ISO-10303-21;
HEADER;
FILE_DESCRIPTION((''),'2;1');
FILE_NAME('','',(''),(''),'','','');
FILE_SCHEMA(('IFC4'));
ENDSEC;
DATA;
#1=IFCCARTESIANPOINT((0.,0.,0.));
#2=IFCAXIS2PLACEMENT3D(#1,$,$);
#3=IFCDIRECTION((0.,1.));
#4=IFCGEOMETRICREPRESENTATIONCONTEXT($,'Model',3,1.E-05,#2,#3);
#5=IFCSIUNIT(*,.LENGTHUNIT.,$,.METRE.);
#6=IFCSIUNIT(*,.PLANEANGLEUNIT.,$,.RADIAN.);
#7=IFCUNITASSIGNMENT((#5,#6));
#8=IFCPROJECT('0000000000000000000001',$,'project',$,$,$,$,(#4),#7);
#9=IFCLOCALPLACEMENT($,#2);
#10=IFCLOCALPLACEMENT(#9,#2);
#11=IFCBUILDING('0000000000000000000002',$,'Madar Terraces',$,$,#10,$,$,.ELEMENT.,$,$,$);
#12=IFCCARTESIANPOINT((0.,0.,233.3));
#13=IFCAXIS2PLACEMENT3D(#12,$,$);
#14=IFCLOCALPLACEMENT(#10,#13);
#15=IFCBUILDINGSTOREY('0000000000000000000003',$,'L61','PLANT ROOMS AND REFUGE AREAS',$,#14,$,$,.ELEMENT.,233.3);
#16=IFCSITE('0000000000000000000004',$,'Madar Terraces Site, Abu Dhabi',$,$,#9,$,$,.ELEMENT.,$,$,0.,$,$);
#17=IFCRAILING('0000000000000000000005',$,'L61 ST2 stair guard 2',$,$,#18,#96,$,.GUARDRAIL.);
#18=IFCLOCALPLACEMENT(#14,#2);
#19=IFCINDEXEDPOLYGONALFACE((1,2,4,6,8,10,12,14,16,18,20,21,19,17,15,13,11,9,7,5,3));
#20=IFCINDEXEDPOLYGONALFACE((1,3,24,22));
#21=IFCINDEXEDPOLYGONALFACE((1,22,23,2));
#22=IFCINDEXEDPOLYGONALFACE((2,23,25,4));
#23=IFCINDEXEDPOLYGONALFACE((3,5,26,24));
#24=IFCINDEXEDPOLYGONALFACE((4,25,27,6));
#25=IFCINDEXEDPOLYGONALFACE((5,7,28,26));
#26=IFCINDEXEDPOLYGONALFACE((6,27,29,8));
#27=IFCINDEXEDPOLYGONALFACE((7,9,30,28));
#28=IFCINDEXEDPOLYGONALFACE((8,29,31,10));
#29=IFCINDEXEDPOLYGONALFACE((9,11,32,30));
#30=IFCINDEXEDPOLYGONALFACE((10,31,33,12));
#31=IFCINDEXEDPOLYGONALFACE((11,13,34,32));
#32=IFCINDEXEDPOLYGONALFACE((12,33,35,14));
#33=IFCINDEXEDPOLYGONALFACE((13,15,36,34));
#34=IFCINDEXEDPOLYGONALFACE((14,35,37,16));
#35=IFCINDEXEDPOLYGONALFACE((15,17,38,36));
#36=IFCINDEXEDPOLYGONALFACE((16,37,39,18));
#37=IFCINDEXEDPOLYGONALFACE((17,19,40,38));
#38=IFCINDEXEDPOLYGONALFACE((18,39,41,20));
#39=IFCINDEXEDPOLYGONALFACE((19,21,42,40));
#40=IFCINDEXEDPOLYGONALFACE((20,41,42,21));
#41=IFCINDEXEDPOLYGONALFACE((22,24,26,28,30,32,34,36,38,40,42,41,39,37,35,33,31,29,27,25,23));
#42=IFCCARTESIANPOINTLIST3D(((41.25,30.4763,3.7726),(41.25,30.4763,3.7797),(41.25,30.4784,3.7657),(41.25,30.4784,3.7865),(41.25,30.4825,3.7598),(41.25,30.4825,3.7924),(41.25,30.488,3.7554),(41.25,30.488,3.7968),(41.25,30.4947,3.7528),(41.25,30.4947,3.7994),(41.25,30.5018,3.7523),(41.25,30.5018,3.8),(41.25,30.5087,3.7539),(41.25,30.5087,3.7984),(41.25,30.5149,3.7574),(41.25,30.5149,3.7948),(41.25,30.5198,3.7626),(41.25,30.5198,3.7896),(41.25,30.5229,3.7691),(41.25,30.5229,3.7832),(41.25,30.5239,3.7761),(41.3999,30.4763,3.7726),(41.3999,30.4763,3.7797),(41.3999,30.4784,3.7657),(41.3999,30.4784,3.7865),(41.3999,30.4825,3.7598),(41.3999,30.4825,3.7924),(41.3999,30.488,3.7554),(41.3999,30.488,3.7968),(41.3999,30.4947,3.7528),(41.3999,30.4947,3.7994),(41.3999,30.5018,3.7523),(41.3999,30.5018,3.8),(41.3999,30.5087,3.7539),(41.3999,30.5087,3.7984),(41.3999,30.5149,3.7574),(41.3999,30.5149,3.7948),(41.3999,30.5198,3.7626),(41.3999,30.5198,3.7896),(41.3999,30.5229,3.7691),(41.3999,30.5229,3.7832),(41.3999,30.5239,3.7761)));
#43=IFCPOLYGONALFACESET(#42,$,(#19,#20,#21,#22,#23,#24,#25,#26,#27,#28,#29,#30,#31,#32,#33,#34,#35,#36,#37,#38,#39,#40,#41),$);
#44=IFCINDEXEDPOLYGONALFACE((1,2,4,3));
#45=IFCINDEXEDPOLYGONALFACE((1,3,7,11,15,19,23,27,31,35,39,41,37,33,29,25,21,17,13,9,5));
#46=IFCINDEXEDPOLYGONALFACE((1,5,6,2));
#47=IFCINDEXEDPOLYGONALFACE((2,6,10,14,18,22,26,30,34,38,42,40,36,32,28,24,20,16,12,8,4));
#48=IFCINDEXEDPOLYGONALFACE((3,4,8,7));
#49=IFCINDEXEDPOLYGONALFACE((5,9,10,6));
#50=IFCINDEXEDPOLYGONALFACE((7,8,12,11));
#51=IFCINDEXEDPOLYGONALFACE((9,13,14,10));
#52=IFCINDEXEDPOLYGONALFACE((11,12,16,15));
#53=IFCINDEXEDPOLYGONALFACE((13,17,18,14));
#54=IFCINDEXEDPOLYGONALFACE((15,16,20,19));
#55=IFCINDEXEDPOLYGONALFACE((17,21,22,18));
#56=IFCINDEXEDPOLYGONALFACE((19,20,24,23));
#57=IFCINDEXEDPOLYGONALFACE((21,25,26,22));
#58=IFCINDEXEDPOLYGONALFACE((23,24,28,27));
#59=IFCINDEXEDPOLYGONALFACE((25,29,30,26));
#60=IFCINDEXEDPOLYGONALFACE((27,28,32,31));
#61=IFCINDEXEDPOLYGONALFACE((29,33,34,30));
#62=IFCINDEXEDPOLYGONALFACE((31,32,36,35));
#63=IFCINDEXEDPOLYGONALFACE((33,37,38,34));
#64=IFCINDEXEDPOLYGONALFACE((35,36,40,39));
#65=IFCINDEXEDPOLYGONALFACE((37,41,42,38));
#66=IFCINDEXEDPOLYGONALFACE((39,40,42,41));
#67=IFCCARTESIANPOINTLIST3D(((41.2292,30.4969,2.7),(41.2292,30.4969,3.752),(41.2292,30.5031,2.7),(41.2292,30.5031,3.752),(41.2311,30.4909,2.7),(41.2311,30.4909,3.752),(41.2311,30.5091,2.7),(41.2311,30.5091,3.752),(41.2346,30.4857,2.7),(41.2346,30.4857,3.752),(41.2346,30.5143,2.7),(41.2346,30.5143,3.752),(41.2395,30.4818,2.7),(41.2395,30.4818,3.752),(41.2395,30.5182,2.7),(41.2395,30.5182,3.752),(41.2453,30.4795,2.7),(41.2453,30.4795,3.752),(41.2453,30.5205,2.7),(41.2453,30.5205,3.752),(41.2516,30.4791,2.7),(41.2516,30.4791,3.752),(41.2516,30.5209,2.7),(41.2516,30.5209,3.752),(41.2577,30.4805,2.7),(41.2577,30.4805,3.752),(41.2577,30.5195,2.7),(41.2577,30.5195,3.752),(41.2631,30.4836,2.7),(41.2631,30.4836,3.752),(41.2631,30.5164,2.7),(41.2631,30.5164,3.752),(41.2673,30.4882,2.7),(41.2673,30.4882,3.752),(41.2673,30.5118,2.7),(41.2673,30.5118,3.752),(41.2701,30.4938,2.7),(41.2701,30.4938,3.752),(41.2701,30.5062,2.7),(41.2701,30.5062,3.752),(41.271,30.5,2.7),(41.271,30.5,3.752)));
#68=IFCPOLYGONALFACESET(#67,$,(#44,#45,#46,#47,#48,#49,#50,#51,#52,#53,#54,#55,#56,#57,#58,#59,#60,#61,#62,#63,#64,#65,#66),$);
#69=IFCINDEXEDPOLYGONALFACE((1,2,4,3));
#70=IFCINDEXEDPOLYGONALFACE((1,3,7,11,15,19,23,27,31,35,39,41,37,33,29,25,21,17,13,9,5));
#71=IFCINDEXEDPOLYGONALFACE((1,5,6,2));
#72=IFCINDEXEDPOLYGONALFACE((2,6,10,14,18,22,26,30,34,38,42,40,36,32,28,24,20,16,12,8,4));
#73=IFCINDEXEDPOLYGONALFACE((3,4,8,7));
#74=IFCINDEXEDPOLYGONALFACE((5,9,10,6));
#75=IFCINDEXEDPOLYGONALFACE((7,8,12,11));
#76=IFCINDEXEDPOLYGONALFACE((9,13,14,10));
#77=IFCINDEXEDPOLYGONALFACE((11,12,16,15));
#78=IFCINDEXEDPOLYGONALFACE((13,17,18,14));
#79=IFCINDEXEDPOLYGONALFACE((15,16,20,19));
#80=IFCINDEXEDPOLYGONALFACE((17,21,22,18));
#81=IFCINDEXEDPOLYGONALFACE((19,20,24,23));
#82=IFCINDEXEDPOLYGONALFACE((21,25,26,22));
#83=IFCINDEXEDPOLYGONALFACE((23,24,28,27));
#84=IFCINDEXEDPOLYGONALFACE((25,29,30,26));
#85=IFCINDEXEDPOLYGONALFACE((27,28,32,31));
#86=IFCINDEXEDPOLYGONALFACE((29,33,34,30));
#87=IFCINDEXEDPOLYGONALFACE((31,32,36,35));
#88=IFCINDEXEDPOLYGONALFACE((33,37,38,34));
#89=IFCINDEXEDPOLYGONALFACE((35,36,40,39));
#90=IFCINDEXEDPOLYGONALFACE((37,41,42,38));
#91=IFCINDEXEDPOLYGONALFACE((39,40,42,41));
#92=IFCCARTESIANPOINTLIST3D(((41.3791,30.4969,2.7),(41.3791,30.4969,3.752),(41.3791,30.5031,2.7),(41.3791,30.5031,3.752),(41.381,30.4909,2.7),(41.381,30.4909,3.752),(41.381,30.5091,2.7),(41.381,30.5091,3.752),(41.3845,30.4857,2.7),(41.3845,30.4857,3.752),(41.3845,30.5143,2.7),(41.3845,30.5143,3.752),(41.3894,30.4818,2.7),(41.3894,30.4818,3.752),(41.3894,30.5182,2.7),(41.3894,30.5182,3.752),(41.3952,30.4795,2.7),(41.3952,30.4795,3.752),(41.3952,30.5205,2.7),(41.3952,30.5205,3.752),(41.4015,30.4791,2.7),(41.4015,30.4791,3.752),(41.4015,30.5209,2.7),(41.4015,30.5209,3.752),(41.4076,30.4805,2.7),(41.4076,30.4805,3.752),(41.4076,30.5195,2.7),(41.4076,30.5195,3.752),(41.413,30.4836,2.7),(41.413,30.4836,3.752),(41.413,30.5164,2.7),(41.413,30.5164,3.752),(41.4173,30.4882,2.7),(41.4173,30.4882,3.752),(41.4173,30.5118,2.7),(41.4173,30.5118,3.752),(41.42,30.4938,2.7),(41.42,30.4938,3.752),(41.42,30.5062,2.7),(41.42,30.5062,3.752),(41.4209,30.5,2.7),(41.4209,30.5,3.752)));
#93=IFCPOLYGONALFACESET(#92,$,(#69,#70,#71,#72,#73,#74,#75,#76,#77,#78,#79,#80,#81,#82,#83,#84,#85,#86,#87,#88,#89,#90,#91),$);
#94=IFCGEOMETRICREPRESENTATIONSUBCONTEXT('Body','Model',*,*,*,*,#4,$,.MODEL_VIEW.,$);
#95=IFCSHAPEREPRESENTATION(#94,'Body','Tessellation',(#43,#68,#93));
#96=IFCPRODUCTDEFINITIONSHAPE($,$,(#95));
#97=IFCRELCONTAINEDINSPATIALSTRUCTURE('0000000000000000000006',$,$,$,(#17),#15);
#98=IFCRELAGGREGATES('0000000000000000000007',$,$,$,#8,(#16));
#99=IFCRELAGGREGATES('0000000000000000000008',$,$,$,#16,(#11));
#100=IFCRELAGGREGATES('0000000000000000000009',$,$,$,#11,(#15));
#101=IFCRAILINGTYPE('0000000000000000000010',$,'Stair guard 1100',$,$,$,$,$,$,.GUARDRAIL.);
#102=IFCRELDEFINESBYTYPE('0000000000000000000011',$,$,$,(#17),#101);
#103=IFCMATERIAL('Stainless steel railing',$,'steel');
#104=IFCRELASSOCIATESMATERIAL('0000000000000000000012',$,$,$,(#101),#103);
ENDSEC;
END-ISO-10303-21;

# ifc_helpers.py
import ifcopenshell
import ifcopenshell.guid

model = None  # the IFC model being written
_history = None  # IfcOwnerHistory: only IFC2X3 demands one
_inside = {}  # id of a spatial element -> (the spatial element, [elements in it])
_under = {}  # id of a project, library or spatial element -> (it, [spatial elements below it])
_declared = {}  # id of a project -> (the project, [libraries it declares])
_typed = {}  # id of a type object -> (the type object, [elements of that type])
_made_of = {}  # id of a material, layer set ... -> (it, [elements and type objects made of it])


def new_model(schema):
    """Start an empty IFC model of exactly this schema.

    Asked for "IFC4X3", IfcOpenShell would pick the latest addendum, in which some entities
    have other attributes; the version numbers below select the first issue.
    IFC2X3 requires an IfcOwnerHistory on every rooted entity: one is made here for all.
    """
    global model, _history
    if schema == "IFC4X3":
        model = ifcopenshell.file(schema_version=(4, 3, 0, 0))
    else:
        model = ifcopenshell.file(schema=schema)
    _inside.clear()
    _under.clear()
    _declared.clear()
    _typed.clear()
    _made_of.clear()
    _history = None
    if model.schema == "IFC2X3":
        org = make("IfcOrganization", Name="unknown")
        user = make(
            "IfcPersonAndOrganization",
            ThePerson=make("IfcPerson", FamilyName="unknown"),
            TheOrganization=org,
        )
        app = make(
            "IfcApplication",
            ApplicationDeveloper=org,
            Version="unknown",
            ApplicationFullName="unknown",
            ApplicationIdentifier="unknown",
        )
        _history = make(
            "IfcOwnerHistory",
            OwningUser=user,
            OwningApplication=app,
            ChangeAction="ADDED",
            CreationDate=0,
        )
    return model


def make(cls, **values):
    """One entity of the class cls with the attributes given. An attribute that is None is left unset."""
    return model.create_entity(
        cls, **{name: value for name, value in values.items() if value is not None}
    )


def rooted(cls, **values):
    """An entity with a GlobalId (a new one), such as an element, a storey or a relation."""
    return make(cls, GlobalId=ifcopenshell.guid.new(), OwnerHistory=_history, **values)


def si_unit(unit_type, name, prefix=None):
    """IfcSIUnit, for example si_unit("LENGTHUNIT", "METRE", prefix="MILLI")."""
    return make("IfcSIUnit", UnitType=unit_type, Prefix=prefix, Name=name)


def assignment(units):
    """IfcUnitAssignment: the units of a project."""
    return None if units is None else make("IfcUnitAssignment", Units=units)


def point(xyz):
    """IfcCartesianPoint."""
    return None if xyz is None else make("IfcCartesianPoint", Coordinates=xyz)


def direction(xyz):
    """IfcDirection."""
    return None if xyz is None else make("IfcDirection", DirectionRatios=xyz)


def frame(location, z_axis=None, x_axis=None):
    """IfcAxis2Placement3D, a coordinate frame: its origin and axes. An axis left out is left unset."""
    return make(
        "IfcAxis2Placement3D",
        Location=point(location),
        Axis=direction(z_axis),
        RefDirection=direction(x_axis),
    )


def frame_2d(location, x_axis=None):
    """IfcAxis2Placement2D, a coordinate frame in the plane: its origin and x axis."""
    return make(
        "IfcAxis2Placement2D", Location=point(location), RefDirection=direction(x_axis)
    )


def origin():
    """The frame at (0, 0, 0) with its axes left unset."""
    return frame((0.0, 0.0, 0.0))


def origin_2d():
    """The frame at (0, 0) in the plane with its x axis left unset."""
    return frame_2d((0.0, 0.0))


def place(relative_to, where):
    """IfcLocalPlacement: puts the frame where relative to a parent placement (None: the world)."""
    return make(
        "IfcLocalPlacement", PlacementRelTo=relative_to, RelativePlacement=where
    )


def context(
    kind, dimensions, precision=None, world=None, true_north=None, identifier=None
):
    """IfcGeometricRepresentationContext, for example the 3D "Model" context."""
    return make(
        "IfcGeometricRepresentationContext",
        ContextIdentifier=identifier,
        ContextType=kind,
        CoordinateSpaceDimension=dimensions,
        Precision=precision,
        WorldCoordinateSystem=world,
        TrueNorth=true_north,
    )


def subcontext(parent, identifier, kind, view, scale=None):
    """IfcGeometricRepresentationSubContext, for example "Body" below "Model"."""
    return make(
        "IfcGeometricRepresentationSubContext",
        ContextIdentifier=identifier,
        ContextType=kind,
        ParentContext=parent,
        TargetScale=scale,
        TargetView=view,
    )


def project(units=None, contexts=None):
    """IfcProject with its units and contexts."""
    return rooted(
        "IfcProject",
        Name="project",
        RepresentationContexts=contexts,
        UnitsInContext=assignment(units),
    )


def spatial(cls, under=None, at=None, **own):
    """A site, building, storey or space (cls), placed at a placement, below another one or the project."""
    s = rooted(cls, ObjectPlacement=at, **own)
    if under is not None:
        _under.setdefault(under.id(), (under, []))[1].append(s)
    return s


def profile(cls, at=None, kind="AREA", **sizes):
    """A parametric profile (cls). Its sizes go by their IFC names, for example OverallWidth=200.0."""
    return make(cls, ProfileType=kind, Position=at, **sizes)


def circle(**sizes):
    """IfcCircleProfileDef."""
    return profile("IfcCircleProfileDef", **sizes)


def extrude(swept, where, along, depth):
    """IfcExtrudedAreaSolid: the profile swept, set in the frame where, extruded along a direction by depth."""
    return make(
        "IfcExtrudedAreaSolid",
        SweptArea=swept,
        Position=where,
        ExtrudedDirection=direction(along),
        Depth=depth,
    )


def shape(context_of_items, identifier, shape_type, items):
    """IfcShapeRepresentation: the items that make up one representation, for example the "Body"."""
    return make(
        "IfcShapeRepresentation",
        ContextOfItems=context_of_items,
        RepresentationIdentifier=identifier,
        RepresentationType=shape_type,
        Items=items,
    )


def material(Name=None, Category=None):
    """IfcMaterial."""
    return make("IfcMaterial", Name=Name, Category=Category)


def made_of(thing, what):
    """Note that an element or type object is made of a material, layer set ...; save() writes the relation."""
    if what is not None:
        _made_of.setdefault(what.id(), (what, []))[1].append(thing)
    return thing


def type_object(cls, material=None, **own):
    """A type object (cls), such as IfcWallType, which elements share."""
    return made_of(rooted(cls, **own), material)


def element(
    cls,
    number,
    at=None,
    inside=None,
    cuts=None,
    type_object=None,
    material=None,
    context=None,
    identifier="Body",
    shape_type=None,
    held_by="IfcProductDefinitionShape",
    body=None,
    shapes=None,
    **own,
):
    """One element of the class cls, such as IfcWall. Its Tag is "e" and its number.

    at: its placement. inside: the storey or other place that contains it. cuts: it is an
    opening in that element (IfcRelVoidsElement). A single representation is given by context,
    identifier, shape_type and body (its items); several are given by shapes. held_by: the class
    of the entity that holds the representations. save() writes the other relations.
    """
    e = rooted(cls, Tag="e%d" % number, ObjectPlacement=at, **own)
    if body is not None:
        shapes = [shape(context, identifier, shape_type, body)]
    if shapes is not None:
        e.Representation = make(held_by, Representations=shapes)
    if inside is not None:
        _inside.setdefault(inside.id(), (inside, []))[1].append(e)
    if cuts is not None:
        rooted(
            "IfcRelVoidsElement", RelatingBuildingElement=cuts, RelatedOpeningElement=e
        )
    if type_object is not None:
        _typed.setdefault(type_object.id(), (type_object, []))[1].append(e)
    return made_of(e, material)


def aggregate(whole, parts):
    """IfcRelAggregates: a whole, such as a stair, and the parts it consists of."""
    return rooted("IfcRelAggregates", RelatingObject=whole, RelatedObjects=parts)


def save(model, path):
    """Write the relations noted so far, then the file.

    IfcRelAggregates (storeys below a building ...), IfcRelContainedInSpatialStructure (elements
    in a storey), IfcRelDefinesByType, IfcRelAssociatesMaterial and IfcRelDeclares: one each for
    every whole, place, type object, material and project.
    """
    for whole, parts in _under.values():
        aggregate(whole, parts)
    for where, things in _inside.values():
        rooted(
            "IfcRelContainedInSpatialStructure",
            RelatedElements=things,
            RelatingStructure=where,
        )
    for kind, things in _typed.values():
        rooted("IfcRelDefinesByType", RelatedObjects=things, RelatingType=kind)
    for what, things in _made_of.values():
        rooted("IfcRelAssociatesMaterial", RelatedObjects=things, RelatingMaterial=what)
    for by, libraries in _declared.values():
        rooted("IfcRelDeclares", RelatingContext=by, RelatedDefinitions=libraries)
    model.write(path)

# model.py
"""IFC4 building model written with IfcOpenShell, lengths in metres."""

from ifc_helpers import new_model, si_unit, direction, frame, origin, origin_2d, place, context, subcontext, project, spatial, circle, extrude, material, type_object, element, save


model = new_model("IFC4")

# Units and contexts
model_context = context("Model", 3, precision=1e-05, world=origin(), true_north=direction((0.0, 1.0)))
body_context = subcontext(model_context, "Body", "Model", "MODEL_VIEW")
ifc_project = project(units=[si_unit("LENGTHUNIT", "METRE"), si_unit("PLANEANGLEUNIT", "RADIAN")], contexts=[model_context])

# Site, building, storey
site_placement = place(None, origin())
site = spatial("IfcSite", under=ifc_project, at=site_placement, Name="Madar Terraces Site, Abu Dhabi", CompositionType="ELEMENT", RefElevation=0.0)
building_placement = place(site_placement, origin())
building = spatial("IfcBuilding", under=site, at=building_placement, Name="Madar Terraces", CompositionType="ELEMENT")
storey_placement = place(building_placement, frame((0.0, 0.0, 233.3)))
storey = spatial("IfcBuildingStorey", under=building, at=storey_placement, Name="L61", Description="PLANT ROOMS AND REFUGE AREAS", CompositionType="ELEMENT", Elevation=233.3)

# Railing
ifc_material_1 = material(Name="Stainless steel railing", Category="steel")
railing_type_1 = type_object("IfcRailingType", Name="Stair guard 1100", PredefinedType="GUARDRAIL", material=ifc_material_1)
railing_1_placement = place(storey_placement, frame((41.25, 30.5, 2.7)))
element("IfcRailing", 1, at=railing_1_placement, inside=storey, type_object=railing_type_1, Name="L61 ST2 stair guard 2", PredefinedType="GUARDRAIL", context=body_context, shape_type="SweptSolid", body=[
    extrude(circle(Radius=0.0239, at=origin_2d()), frame((0.0, 0.0, 1.0762), z_axis=(1.0, 0.0, 0.0), x_axis=(0.0, 1.0, 0.0)), (0.0, 0.0, 1.0), 0.1499),
    extrude(circle(Radius=0.021, at=origin_2d()), origin(), (0.0, 0.0, 1.0), 1.052),
    extrude(circle(Radius=0.021, at=origin_2d()), frame((0.1499, 0.0, 0.0)), (0.0, 0.0, 1.0), 1.052),
])

save(model, "model.ifc")
